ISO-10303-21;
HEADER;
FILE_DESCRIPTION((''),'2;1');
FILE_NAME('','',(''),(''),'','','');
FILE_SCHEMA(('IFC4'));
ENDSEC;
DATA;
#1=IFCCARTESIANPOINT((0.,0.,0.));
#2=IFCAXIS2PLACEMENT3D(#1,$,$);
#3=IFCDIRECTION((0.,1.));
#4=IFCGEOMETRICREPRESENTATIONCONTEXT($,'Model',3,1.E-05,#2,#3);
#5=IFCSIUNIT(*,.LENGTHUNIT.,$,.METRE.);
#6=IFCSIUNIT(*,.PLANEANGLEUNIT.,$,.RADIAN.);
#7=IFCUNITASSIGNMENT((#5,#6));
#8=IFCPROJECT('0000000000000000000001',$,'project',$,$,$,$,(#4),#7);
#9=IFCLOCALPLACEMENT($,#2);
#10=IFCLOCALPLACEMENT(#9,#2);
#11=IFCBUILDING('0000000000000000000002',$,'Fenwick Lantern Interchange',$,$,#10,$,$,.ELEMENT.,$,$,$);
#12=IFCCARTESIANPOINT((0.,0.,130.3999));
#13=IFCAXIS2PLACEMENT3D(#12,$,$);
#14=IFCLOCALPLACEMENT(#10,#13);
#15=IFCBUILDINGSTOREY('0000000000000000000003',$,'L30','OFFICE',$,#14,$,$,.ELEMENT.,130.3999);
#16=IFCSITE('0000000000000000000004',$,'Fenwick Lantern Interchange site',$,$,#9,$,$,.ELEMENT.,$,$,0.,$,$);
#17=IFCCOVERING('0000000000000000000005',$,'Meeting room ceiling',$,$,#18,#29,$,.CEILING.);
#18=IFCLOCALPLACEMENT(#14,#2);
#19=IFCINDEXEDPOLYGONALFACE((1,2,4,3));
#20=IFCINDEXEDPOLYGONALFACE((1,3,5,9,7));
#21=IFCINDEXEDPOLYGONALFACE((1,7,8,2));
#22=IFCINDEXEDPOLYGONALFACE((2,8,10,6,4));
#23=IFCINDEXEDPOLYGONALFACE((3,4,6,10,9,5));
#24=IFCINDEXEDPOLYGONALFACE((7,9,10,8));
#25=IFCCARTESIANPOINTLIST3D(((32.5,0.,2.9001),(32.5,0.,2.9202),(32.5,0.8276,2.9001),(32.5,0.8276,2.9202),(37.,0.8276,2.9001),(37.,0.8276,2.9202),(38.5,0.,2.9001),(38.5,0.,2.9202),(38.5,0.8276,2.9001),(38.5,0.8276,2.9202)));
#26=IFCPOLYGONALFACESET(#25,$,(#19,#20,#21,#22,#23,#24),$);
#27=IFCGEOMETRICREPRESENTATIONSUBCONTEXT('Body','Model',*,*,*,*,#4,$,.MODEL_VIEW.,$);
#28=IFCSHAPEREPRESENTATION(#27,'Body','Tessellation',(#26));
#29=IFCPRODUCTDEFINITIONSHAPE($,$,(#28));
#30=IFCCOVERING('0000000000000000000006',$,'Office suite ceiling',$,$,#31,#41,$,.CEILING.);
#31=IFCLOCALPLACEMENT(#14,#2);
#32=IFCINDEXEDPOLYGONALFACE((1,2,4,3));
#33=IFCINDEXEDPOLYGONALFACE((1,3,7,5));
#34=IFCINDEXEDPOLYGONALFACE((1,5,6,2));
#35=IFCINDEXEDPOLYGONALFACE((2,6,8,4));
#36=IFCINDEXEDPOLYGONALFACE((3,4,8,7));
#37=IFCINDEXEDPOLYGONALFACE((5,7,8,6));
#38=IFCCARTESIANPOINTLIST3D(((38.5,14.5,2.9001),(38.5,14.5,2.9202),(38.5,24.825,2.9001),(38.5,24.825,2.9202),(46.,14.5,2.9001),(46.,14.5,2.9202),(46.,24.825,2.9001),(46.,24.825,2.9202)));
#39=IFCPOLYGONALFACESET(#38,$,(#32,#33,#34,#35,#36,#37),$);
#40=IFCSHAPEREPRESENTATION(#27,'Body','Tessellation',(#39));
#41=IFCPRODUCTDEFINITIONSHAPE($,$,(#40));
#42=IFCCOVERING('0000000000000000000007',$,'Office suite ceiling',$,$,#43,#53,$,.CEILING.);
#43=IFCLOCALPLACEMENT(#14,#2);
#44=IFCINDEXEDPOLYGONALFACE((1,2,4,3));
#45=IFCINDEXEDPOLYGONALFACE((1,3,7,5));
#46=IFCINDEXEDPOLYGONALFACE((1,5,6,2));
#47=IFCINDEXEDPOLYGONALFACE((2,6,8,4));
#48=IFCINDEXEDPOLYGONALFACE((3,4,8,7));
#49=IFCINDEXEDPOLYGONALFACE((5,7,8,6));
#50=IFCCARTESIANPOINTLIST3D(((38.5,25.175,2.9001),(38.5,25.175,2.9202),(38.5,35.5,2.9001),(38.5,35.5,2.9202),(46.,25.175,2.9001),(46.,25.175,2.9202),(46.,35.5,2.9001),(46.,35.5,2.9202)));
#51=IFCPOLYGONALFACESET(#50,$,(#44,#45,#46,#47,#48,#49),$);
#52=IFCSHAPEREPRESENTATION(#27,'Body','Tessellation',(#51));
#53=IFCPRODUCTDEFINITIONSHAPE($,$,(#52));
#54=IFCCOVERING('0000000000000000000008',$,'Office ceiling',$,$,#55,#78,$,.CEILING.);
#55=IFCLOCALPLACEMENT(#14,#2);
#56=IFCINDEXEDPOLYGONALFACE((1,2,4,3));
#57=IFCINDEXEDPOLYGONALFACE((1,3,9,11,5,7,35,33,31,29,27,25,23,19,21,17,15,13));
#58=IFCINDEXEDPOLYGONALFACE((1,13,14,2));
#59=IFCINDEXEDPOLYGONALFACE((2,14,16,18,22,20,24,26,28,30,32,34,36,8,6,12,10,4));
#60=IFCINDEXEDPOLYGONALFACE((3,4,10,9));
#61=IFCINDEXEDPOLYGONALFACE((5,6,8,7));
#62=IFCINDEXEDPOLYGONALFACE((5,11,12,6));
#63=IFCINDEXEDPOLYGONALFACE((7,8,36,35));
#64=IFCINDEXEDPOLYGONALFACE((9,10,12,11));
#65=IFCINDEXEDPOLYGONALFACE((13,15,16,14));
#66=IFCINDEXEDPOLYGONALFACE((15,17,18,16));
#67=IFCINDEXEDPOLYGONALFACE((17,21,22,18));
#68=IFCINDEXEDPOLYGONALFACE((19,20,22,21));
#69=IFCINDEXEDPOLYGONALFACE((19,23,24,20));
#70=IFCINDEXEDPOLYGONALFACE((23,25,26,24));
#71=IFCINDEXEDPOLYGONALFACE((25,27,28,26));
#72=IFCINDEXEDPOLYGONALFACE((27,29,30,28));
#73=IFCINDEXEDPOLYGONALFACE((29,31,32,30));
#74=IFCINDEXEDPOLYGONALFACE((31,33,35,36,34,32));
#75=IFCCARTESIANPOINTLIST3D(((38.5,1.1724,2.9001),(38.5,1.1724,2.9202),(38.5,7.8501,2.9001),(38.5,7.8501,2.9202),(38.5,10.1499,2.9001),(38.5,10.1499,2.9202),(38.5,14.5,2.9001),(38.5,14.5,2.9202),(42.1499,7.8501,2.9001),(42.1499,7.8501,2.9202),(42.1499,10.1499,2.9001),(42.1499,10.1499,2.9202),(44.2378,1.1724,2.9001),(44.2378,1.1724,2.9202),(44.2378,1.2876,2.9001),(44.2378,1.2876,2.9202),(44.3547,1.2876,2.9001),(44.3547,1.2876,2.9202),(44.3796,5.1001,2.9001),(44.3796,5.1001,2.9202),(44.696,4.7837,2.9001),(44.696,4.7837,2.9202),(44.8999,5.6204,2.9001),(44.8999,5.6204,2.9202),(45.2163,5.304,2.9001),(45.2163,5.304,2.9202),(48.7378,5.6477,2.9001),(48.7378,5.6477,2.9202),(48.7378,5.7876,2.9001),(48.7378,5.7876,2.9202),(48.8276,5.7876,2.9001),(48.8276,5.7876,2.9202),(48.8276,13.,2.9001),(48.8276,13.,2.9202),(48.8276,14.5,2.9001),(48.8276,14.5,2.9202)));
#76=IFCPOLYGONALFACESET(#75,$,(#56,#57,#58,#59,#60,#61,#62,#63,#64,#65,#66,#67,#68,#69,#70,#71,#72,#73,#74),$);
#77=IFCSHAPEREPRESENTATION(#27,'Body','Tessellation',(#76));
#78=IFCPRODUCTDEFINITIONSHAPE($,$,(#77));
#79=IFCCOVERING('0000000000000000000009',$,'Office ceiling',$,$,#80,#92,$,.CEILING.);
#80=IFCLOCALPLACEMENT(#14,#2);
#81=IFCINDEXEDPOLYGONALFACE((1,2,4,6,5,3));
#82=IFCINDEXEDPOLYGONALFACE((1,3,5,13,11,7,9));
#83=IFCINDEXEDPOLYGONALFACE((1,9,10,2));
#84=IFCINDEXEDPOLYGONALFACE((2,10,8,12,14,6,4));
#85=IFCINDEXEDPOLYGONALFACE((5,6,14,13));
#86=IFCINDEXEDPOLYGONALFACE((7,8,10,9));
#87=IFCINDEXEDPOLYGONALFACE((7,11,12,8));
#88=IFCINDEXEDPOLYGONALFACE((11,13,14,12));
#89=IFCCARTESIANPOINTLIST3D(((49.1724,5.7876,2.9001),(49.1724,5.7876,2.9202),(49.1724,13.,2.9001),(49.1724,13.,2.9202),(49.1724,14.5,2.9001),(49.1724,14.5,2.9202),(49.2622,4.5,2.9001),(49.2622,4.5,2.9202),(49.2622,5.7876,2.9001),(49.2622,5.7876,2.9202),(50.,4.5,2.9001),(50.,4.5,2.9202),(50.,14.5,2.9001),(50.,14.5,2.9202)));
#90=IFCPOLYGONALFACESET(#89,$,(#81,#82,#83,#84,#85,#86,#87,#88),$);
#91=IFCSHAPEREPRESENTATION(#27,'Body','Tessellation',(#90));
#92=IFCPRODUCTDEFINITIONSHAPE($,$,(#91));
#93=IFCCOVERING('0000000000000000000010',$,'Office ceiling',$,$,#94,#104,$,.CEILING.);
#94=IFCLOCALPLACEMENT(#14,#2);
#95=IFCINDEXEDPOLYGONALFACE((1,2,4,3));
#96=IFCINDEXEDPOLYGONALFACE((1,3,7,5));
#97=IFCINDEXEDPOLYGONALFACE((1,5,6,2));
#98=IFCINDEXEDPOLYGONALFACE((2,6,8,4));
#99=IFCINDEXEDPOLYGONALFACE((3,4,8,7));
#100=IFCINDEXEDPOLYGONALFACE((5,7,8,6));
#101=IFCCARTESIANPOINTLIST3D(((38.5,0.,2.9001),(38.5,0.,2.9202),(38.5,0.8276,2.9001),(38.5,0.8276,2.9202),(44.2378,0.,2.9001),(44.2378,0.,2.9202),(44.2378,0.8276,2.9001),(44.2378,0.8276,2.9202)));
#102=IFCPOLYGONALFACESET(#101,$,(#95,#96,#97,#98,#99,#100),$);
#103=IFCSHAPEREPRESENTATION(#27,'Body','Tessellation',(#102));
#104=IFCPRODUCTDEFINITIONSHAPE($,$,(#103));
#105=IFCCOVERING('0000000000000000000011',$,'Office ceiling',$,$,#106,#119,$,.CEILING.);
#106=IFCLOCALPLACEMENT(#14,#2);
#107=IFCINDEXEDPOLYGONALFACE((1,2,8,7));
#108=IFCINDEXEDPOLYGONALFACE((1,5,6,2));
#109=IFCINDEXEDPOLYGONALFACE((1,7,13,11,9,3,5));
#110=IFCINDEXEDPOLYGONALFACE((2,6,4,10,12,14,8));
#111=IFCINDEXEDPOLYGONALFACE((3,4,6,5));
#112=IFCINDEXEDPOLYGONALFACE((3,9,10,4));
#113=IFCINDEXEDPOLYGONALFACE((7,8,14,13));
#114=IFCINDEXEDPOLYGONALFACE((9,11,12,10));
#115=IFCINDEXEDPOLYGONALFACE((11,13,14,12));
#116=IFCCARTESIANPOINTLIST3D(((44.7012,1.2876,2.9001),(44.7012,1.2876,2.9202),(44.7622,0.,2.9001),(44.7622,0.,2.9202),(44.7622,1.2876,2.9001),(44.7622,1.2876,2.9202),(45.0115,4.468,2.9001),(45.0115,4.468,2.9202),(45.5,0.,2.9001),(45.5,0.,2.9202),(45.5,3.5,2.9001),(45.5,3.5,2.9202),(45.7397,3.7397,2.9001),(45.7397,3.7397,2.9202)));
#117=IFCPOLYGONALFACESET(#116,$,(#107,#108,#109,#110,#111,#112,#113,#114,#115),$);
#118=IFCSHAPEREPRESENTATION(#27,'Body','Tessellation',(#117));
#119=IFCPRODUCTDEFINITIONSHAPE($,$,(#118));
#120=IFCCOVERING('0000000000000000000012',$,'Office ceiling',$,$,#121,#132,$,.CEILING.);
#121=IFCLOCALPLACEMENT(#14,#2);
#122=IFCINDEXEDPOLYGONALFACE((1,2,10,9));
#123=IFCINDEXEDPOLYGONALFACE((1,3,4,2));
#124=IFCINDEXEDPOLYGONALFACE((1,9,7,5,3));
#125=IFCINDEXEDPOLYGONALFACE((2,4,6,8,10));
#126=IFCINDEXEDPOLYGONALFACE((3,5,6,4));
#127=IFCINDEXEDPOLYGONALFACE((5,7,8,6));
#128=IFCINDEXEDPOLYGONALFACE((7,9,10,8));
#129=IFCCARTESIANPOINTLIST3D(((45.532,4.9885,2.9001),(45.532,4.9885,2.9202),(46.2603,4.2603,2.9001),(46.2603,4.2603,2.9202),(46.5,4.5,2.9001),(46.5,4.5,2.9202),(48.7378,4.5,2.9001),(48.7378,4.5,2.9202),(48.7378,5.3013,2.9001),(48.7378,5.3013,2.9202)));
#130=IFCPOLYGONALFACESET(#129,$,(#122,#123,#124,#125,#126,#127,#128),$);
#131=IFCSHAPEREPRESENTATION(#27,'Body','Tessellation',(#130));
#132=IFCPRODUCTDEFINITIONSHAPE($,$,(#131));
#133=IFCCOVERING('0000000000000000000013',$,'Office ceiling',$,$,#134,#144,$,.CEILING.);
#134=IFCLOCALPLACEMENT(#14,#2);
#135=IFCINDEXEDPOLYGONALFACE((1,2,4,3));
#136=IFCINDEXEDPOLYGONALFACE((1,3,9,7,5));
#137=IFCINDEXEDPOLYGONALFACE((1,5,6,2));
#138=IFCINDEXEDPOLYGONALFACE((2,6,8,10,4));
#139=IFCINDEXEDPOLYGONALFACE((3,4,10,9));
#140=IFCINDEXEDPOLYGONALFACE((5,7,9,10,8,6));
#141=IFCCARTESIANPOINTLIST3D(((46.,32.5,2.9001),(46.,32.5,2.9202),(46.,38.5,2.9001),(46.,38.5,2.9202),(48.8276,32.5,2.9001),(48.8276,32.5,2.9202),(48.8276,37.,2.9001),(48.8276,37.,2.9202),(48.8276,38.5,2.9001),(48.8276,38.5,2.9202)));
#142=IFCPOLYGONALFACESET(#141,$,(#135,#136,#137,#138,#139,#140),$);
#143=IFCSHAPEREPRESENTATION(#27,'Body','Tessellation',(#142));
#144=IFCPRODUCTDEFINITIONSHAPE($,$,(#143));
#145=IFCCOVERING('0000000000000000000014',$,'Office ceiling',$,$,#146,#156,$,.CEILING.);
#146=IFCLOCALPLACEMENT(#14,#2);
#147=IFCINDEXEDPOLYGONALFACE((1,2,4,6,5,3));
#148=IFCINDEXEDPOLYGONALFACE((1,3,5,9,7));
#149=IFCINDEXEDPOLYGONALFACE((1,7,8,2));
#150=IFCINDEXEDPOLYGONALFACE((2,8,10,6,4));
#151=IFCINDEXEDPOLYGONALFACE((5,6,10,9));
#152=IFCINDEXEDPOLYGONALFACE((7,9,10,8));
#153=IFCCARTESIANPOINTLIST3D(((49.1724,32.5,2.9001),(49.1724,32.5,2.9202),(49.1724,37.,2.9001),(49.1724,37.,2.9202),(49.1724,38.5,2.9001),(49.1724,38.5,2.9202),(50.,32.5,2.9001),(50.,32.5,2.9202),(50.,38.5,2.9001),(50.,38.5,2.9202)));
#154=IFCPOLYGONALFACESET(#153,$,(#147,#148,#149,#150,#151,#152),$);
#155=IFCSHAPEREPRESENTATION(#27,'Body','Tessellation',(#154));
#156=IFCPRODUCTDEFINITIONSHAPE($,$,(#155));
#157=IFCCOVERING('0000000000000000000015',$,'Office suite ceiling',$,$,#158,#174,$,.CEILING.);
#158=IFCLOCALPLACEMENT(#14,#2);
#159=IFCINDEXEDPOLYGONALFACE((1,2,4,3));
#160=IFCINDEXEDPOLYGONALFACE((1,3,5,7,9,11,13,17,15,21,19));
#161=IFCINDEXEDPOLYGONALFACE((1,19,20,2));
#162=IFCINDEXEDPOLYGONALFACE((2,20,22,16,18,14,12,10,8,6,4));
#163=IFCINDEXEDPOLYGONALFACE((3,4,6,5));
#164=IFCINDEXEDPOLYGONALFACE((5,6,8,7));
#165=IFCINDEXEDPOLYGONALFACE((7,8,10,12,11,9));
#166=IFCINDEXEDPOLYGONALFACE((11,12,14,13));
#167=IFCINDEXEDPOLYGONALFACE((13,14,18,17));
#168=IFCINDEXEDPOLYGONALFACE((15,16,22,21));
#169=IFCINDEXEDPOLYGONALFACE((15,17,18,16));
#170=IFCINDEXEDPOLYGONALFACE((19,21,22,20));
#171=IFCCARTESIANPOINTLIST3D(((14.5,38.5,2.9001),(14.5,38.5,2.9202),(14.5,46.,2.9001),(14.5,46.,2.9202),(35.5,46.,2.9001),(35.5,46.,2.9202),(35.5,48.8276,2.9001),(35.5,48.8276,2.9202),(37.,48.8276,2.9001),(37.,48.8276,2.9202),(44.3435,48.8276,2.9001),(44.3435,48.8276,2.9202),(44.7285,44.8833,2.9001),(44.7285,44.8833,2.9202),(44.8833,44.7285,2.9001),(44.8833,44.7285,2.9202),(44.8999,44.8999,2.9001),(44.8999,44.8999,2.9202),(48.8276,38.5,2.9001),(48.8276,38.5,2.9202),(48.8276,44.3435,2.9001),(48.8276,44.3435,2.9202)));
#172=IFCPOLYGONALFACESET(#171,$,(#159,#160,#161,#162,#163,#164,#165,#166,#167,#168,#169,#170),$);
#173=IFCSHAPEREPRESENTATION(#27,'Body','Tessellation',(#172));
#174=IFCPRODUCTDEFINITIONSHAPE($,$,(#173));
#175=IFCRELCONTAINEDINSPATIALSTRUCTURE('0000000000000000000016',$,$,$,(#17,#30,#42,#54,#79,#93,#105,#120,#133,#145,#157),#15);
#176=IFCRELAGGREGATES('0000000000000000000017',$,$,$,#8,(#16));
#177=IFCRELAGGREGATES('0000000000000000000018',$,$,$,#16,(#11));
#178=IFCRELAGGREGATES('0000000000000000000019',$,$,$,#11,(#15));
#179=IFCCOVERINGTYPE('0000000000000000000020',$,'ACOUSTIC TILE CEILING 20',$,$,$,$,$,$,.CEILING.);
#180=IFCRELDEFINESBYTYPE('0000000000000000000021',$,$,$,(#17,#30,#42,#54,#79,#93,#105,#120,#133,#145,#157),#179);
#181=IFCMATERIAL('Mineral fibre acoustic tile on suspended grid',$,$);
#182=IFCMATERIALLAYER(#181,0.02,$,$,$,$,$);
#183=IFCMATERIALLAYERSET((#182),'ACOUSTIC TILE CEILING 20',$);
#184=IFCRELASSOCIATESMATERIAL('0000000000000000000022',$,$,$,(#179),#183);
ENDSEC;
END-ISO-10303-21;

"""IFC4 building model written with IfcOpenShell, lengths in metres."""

from ifc_helpers import new_model, si_unit, direction, frame, origin, place, context, subcontext, project, spatial, polyline, outline, extrude, material, layer, layer_set, type_object, element, save


model = new_model("IFC4")

# Units and contexts
model_context = context("Model", 3, precision=1e-05, world=origin(), true_north=direction((0.0, 1.0)))
body_context = subcontext(model_context, "Body", "Model", "MODEL_VIEW")
ifc_project = project(units=[si_unit("LENGTHUNIT", "METRE"), si_unit("PLANEANGLEUNIT", "RADIAN")], contexts=[model_context])

# Site, building, storey
site_placement = place(None, origin())
site = spatial("IfcSite", under=ifc_project, at=site_placement, Name="Fenwick Lantern Interchange site", CompositionType="ELEMENT", RefElevation=0.0)
building_placement = place(site_placement, origin())
building = spatial("IfcBuilding", under=site, at=building_placement, Name="Fenwick Lantern Interchange", CompositionType="ELEMENT")
storey_placement = place(building_placement, frame((0.0, 0.0, 130.3999)))
storey = spatial("IfcBuildingStorey", under=building, at=storey_placement, Name="L30", Description="OFFICE", CompositionType="ELEMENT", Elevation=130.3999)

# Coverings
ifc_material = material(Name="Mineral fibre acoustic tile on suspended grid")
ifc_layer = layer(ifc_material, 0.02)
ifc_layer_set = layer_set([ifc_layer], Name="ACOUSTIC TILE CEILING 20")
covering_type = type_object("IfcCoveringType", Name="ACOUSTIC TILE CEILING 20", PredefinedType="CEILING", material=ifc_layer_set)
covering_1_placement = place(storey_placement, frame((0.0, 0.0, 2.9001)))
element("IfcCovering", 1, at=covering_1_placement, inside=storey, type_object=covering_type, Name="Meeting room ceiling", PredefinedType="CEILING", context=body_context, shape_type="SweptSolid", body=[
    extrude(outline(polyline([(38.5, 0.0), (38.5, 0.8276), (37.0, 0.8276), (32.5, 0.8276), (32.5, 0.0), (38.5, 0.0)])), origin(), (0.0, 0.0, 1.0), 0.02),
])
covering_2_placement = place(storey_placement, frame((0.0, 0.0, 2.9001)))
element("IfcCovering", 2, at=covering_2_placement, inside=storey, type_object=covering_type, Name="Office suite ceiling", PredefinedType="CEILING", context=body_context, shape_type="SweptSolid", body=[
    extrude(outline(polyline([(38.5, 24.825), (38.5, 14.5), (46.0, 14.5), (46.0, 24.825), (38.5, 24.825)])), origin(), (0.0, 0.0, 1.0), 0.02),
])
covering_3_placement = place(storey_placement, frame((0.0, 0.0, 2.9001)))
element("IfcCovering", 3, at=covering_3_placement, inside=storey, type_object=covering_type, Name="Office suite ceiling", PredefinedType="CEILING", context=body_context, shape_type="SweptSolid", body=[
    extrude(outline(polyline([(38.5, 35.5), (38.5, 25.175), (46.0, 25.175), (46.0, 35.5), (38.5, 35.5)])), origin(), (0.0, 0.0, 1.0), 0.02),
])
covering_4_placement = place(storey_placement, frame((0.0, 0.0, 2.9001)))
element("IfcCovering", 4, at=covering_4_placement, inside=storey, type_object=covering_type, Name="Office ceiling", PredefinedType="CEILING", context=body_context, shape_type="SweptSolid", body=[
    extrude(outline(polyline([(44.2378, 1.2876), (44.3547, 1.2876), (44.696, 4.7837), (44.3796, 5.1001), (44.8999, 5.6204), (45.2163, 5.304), (48.7378, 5.6477), (48.7378, 5.7876), (48.8276, 5.7876), (48.8276, 13.0), (48.8276, 14.5), (38.5, 14.5), (38.5, 10.1499), (42.1499, 10.1499), (42.1499, 7.8501), (38.5, 7.8501), (38.5, 1.1724), (44.2378, 1.1724), (44.2378, 1.2876)])), origin(), (0.0, 0.0, 1.0), 0.02),
])
covering_5_placement = place(storey_placement, frame((0.0, 0.0, 2.9001)))
element("IfcCovering", 5, at=covering_5_placement, inside=storey, type_object=covering_type, Name="Office ceiling", PredefinedType="CEILING", context=body_context, shape_type="SweptSolid", body=[
    extrude(outline(polyline([(50.0, 14.5), (49.1724, 14.5), (49.1724, 13.0), (49.1724, 5.7876), (49.2622, 5.7876), (49.2622, 4.5), (50.0, 4.5), (50.0, 14.5)])), origin(), (0.0, 0.0, 1.0), 0.02),
])
covering_6_placement = place(storey_placement, frame((0.0, 0.0, 2.9001)))
element("IfcCovering", 6, at=covering_6_placement, inside=storey, type_object=covering_type, Name="Office ceiling", PredefinedType="CEILING", context=body_context, shape_type="SweptSolid", body=[
    extrude(outline(polyline([(44.2378, 0.0), (44.2378, 0.8276), (38.5, 0.8276), (38.5, 0.0), (44.2378, 0.0)])), origin(), (0.0, 0.0, 1.0), 0.02),
])
covering_7_placement = place(storey_placement, frame((0.0, 0.0, 2.9001)))
element("IfcCovering", 7, at=covering_7_placement, inside=storey, type_object=covering_type, Name="Office ceiling", PredefinedType="CEILING", context=body_context, shape_type="SweptSolid", body=[
    extrude(outline(polyline([(44.7622, 1.2876), (44.7622, 0.0), (45.5, 0.0), (45.5, 3.5), (45.7397, 3.7397), (45.0115, 4.468), (44.7012, 1.2876), (44.7622, 1.2876)])), origin(), (0.0, 0.0, 1.0), 0.02),
])
covering_8_placement = place(storey_placement, frame((0.0, 0.0, 2.9001)))
element("IfcCovering", 8, at=covering_8_placement, inside=storey, type_object=covering_type, Name="Office ceiling", PredefinedType="CEILING", context=body_context, shape_type="SweptSolid", body=[
    extrude(outline(polyline([(48.7378, 4.5), (48.7378, 5.3013), (45.532, 4.9885), (46.2603, 4.2603), (46.5, 4.5), (48.7378, 4.5)])), origin(), (0.0, 0.0, 1.0), 0.02),
])
covering_9_placement = place(storey_placement, frame((0.0, 0.0, 2.9001)))
element("IfcCovering", 9, at=covering_9_placement, inside=storey, type_object=covering_type, Name="Office ceiling", PredefinedType="CEILING", context=body_context, shape_type="SweptSolid", body=[
    extrude(outline(polyline([(46.0, 32.5), (48.8276, 32.5), (48.8276, 37.0), (48.8276, 38.5), (46.0, 38.5), (46.0, 32.5)])), origin(), (0.0, 0.0, 1.0), 0.02),
])
covering_10_placement = place(storey_placement, frame((0.0, 0.0, 2.9001)))
element("IfcCovering", 10, at=covering_10_placement, inside=storey, type_object=covering_type, Name="Office ceiling", PredefinedType="CEILING", context=body_context, shape_type="SweptSolid", body=[
    extrude(outline(polyline([(50.0, 38.5), (49.1724, 38.5), (49.1724, 37.0), (49.1724, 32.5), (50.0, 32.5), (50.0, 38.5)])), origin(), (0.0, 0.0, 1.0), 0.02),
])
covering_11_placement = place(storey_placement, frame((0.0, 0.0, 2.9001)))
element("IfcCovering", 11, at=covering_11_placement, inside=storey, type_object=covering_type, Name="Office suite ceiling", PredefinedType="CEILING", context=body_context, shape_type="SweptSolid", body=[
    extrude(outline(polyline([(14.5, 38.5), (48.8276, 38.5), (48.8276, 44.3435), (44.8833, 44.7285), (44.8999, 44.8999), (44.7285, 44.8833), (44.3435, 48.8276), (37.0, 48.8276), (35.5, 48.8276), (35.5, 46.0), (14.5, 46.0), (14.5, 38.5)])), origin(), (0.0, 0.0, 1.0), 0.02),
])

save(model, "model.ifc")
